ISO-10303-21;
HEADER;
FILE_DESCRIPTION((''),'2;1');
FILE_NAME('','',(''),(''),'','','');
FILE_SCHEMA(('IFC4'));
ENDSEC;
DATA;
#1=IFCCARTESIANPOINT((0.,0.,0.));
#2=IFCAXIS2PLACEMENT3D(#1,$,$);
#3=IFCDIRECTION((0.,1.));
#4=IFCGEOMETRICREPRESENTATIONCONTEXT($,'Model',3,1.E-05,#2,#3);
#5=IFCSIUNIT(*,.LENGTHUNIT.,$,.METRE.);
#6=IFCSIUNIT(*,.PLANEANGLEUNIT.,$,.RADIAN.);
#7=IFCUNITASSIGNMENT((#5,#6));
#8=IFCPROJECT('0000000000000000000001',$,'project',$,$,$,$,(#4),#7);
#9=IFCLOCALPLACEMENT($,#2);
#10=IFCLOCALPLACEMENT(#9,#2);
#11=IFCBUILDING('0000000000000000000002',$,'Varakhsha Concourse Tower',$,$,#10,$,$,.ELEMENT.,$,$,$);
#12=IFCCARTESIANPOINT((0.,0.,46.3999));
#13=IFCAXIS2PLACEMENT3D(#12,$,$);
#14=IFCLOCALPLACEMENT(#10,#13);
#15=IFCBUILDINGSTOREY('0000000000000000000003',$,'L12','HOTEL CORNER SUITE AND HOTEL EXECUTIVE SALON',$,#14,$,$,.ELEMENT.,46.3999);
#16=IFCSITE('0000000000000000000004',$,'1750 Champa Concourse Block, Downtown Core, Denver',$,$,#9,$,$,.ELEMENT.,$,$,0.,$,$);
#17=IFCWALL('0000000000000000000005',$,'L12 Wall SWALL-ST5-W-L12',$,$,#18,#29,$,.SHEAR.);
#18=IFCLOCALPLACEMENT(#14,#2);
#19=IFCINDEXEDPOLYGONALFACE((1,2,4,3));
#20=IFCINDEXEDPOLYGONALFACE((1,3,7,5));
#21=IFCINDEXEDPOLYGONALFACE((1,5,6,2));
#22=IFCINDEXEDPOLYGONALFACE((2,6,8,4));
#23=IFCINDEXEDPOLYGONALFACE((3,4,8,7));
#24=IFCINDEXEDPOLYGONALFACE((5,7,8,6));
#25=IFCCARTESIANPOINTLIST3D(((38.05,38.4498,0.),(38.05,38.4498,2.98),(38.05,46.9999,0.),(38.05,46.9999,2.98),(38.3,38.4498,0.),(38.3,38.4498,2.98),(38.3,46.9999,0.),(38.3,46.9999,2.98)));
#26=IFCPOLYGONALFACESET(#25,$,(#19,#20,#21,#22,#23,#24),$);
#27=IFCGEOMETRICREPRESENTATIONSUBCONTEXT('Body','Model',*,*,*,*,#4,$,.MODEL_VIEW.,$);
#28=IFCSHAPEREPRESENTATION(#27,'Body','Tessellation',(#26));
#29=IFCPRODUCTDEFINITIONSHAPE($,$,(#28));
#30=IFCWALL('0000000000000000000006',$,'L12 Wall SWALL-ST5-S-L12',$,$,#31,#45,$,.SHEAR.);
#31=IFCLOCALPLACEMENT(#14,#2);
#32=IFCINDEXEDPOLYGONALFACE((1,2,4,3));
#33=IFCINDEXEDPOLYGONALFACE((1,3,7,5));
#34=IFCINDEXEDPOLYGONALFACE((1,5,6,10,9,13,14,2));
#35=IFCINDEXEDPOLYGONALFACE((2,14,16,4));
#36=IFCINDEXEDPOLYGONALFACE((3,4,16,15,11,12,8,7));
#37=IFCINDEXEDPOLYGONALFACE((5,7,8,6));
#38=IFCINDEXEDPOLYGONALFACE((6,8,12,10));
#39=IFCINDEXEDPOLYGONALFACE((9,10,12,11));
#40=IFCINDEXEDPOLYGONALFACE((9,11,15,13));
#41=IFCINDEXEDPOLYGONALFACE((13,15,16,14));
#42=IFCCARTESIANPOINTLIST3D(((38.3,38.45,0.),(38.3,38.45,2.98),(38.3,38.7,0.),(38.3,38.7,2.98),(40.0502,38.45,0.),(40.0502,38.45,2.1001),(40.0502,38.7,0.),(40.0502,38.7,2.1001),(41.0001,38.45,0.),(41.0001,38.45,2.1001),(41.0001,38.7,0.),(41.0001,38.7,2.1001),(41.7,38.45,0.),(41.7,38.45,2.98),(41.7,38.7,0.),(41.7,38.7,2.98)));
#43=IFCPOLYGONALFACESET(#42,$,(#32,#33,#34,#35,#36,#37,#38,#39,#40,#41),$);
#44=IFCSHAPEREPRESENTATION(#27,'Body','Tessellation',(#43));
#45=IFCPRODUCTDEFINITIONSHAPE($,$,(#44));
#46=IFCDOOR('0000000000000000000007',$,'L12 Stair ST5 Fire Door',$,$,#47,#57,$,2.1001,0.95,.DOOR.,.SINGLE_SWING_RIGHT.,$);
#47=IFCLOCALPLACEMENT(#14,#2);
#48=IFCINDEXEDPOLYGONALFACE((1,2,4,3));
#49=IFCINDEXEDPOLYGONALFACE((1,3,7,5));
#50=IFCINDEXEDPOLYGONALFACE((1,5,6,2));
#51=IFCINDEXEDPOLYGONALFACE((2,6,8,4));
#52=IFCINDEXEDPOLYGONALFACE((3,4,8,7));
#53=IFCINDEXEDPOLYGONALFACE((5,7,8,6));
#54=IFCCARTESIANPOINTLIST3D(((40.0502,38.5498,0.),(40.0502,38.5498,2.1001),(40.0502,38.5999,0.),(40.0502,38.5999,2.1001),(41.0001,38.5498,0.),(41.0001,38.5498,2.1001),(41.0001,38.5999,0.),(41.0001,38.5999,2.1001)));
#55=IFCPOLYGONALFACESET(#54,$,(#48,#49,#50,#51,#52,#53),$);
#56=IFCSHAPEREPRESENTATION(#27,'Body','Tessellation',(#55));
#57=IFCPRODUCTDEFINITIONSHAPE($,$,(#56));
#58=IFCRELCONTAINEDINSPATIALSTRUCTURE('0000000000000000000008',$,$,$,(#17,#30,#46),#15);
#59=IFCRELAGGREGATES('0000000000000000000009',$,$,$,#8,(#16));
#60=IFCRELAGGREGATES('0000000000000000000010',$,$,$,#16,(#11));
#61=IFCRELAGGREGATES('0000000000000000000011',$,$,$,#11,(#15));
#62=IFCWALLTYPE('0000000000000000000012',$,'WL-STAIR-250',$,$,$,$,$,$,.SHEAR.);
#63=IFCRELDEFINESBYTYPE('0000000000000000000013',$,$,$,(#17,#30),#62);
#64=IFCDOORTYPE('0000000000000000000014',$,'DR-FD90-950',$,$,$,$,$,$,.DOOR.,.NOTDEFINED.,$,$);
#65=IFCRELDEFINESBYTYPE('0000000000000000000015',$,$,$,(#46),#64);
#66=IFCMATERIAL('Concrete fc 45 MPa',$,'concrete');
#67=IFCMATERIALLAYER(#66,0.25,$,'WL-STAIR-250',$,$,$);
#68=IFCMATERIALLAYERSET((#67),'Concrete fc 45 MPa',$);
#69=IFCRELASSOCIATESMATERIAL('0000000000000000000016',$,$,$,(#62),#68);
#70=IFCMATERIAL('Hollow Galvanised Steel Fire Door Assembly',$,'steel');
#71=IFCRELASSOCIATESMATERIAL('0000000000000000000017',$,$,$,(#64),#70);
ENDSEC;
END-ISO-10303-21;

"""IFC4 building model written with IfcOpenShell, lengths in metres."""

from ifc_helpers import new_model, si_unit, direction, frame, frame_2d, origin, place, context, subcontext, project, spatial, rectangle, extrude, material, layer, layer_set, type_object, element, fill, save


model = new_model("IFC4")

# Units and contexts
model_context = context("Model", 3, precision=1e-05, world=origin(), true_north=direction((0.0, 1.0)))
body_context = subcontext(model_context, "Body", "Model", "MODEL_VIEW")
ifc_project = project(units=[si_unit("LENGTHUNIT", "METRE"), si_unit("PLANEANGLEUNIT", "RADIAN")], contexts=[model_context])

# Site, building, storey
site_placement = place(None, origin())
site = spatial("IfcSite", under=ifc_project, at=site_placement, Name="1750 Champa Concourse Block, Downtown Core, Denver", CompositionType="ELEMENT", RefElevation=0.0)
building_placement = place(site_placement, origin())
building = spatial("IfcBuilding", under=site, at=building_placement, Name="Varakhsha Concourse Tower", CompositionType="ELEMENT")
storey_placement = place(building_placement, frame((0.0, 0.0, 46.3999)))
storey = spatial("IfcBuildingStorey", under=building, at=storey_placement, Name="L12", Description="HOTEL CORNER SUITE AND HOTEL EXECUTIVE SALON", CompositionType="ELEMENT", Elevation=46.3999)

# Shared definitions
ifc_material_1 = material(Name="Hollow Galvanised Steel Fire Door Assembly", Category="steel")

# Wall
ifc_material_2 = material(Name="Concrete fc 45 MPa", Category="concrete")
ifc_layer_1 = layer(ifc_material_2, 0.25, Name="WL-STAIR-250")
ifc_layer_set_1 = layer_set([ifc_layer_1], Name="Concrete fc 45 MPa")
wall_type_1 = type_object("IfcWallType", Name="WL-STAIR-250", PredefinedType="SHEAR", material=ifc_layer_set_1)
wall_1_placement = place(storey_placement, frame((38.175, 38.45, 0.0), z_axis=(0.0, 0.0, 1.0), x_axis=(0.0, 1.0, 0.0)))
element("IfcWall", 1, at=wall_1_placement, inside=storey, type_object=wall_type_1, Name="L12 Wall SWALL-ST5-W-L12", PredefinedType="SHEAR", context=body_context, shape_type="SweptSolid", body=[
    extrude(rectangle(XDim=8.55, YDim=0.25, at=frame_2d((4.2749, 0.0))), origin(), (0.0, 0.0, 1.0), 2.98),
])

# Wall, opening, door
wall_2_placement = place(storey_placement, frame((38.3, 38.575, 0.0), z_axis=(0.0, 0.0, 1.0), x_axis=(1.0, 0.0, 0.0)))
wall_2 = element("IfcWall", 2, at=wall_2_placement, inside=storey, type_object=wall_type_1, Name="L12 Wall SWALL-ST5-S-L12", PredefinedType="SHEAR", context=body_context, shape_type="SweptSolid", body=[
    extrude(rectangle(XDim=3.3999, YDim=0.25, at=frame_2d((1.7, 0.0))), origin(), (0.0, 0.0, 1.0), 2.98),
])
opening_1_placement = place(wall_2_placement, frame((1.75, 0.0, 0.0)))
opening_1 = element("IfcOpeningElement", 3, at=opening_1_placement, cuts=wall_2, PredefinedType="OPENING", context=body_context, shape_type="SweptSolid", body=[
    extrude(rectangle(XDim=0.95, YDim=2.1001, at=frame_2d((0.4751, 1.05))), frame((0.0, 0.135, 0.0), z_axis=(0.0, -1.0, 0.0), x_axis=(1.0, 0.0, 0.0)), (0.0, 0.0, 1.0), 0.27),
])
door_type_1 = type_object("IfcDoorType", Name="DR-FD90-950", OperationType="NOTDEFINED", PredefinedType="DOOR", material=ifc_material_1)
door_1_placement = place(opening_1_placement, origin())
door_1 = element("IfcDoor", 4, at=door_1_placement, inside=storey, type_object=door_type_1, Name="L12 Stair ST5 Fire Door", OperationType="SINGLE_SWING_RIGHT", OverallHeight=2.1001, OverallWidth=0.95, PredefinedType="DOOR", context=body_context, shape_type="SweptSolid", body=[
    extrude(rectangle(XDim=0.95, YDim=2.1001, at=frame_2d((0.4751, 1.05))), frame((0.0, 0.0249, 0.0), z_axis=(0.0, -1.0, 0.0), x_axis=(1.0, 0.0, 0.0)), (0.0, 0.0, 1.0), 0.05),
])
fill(opening_1, door_1)

save(model, "model.ifc")
